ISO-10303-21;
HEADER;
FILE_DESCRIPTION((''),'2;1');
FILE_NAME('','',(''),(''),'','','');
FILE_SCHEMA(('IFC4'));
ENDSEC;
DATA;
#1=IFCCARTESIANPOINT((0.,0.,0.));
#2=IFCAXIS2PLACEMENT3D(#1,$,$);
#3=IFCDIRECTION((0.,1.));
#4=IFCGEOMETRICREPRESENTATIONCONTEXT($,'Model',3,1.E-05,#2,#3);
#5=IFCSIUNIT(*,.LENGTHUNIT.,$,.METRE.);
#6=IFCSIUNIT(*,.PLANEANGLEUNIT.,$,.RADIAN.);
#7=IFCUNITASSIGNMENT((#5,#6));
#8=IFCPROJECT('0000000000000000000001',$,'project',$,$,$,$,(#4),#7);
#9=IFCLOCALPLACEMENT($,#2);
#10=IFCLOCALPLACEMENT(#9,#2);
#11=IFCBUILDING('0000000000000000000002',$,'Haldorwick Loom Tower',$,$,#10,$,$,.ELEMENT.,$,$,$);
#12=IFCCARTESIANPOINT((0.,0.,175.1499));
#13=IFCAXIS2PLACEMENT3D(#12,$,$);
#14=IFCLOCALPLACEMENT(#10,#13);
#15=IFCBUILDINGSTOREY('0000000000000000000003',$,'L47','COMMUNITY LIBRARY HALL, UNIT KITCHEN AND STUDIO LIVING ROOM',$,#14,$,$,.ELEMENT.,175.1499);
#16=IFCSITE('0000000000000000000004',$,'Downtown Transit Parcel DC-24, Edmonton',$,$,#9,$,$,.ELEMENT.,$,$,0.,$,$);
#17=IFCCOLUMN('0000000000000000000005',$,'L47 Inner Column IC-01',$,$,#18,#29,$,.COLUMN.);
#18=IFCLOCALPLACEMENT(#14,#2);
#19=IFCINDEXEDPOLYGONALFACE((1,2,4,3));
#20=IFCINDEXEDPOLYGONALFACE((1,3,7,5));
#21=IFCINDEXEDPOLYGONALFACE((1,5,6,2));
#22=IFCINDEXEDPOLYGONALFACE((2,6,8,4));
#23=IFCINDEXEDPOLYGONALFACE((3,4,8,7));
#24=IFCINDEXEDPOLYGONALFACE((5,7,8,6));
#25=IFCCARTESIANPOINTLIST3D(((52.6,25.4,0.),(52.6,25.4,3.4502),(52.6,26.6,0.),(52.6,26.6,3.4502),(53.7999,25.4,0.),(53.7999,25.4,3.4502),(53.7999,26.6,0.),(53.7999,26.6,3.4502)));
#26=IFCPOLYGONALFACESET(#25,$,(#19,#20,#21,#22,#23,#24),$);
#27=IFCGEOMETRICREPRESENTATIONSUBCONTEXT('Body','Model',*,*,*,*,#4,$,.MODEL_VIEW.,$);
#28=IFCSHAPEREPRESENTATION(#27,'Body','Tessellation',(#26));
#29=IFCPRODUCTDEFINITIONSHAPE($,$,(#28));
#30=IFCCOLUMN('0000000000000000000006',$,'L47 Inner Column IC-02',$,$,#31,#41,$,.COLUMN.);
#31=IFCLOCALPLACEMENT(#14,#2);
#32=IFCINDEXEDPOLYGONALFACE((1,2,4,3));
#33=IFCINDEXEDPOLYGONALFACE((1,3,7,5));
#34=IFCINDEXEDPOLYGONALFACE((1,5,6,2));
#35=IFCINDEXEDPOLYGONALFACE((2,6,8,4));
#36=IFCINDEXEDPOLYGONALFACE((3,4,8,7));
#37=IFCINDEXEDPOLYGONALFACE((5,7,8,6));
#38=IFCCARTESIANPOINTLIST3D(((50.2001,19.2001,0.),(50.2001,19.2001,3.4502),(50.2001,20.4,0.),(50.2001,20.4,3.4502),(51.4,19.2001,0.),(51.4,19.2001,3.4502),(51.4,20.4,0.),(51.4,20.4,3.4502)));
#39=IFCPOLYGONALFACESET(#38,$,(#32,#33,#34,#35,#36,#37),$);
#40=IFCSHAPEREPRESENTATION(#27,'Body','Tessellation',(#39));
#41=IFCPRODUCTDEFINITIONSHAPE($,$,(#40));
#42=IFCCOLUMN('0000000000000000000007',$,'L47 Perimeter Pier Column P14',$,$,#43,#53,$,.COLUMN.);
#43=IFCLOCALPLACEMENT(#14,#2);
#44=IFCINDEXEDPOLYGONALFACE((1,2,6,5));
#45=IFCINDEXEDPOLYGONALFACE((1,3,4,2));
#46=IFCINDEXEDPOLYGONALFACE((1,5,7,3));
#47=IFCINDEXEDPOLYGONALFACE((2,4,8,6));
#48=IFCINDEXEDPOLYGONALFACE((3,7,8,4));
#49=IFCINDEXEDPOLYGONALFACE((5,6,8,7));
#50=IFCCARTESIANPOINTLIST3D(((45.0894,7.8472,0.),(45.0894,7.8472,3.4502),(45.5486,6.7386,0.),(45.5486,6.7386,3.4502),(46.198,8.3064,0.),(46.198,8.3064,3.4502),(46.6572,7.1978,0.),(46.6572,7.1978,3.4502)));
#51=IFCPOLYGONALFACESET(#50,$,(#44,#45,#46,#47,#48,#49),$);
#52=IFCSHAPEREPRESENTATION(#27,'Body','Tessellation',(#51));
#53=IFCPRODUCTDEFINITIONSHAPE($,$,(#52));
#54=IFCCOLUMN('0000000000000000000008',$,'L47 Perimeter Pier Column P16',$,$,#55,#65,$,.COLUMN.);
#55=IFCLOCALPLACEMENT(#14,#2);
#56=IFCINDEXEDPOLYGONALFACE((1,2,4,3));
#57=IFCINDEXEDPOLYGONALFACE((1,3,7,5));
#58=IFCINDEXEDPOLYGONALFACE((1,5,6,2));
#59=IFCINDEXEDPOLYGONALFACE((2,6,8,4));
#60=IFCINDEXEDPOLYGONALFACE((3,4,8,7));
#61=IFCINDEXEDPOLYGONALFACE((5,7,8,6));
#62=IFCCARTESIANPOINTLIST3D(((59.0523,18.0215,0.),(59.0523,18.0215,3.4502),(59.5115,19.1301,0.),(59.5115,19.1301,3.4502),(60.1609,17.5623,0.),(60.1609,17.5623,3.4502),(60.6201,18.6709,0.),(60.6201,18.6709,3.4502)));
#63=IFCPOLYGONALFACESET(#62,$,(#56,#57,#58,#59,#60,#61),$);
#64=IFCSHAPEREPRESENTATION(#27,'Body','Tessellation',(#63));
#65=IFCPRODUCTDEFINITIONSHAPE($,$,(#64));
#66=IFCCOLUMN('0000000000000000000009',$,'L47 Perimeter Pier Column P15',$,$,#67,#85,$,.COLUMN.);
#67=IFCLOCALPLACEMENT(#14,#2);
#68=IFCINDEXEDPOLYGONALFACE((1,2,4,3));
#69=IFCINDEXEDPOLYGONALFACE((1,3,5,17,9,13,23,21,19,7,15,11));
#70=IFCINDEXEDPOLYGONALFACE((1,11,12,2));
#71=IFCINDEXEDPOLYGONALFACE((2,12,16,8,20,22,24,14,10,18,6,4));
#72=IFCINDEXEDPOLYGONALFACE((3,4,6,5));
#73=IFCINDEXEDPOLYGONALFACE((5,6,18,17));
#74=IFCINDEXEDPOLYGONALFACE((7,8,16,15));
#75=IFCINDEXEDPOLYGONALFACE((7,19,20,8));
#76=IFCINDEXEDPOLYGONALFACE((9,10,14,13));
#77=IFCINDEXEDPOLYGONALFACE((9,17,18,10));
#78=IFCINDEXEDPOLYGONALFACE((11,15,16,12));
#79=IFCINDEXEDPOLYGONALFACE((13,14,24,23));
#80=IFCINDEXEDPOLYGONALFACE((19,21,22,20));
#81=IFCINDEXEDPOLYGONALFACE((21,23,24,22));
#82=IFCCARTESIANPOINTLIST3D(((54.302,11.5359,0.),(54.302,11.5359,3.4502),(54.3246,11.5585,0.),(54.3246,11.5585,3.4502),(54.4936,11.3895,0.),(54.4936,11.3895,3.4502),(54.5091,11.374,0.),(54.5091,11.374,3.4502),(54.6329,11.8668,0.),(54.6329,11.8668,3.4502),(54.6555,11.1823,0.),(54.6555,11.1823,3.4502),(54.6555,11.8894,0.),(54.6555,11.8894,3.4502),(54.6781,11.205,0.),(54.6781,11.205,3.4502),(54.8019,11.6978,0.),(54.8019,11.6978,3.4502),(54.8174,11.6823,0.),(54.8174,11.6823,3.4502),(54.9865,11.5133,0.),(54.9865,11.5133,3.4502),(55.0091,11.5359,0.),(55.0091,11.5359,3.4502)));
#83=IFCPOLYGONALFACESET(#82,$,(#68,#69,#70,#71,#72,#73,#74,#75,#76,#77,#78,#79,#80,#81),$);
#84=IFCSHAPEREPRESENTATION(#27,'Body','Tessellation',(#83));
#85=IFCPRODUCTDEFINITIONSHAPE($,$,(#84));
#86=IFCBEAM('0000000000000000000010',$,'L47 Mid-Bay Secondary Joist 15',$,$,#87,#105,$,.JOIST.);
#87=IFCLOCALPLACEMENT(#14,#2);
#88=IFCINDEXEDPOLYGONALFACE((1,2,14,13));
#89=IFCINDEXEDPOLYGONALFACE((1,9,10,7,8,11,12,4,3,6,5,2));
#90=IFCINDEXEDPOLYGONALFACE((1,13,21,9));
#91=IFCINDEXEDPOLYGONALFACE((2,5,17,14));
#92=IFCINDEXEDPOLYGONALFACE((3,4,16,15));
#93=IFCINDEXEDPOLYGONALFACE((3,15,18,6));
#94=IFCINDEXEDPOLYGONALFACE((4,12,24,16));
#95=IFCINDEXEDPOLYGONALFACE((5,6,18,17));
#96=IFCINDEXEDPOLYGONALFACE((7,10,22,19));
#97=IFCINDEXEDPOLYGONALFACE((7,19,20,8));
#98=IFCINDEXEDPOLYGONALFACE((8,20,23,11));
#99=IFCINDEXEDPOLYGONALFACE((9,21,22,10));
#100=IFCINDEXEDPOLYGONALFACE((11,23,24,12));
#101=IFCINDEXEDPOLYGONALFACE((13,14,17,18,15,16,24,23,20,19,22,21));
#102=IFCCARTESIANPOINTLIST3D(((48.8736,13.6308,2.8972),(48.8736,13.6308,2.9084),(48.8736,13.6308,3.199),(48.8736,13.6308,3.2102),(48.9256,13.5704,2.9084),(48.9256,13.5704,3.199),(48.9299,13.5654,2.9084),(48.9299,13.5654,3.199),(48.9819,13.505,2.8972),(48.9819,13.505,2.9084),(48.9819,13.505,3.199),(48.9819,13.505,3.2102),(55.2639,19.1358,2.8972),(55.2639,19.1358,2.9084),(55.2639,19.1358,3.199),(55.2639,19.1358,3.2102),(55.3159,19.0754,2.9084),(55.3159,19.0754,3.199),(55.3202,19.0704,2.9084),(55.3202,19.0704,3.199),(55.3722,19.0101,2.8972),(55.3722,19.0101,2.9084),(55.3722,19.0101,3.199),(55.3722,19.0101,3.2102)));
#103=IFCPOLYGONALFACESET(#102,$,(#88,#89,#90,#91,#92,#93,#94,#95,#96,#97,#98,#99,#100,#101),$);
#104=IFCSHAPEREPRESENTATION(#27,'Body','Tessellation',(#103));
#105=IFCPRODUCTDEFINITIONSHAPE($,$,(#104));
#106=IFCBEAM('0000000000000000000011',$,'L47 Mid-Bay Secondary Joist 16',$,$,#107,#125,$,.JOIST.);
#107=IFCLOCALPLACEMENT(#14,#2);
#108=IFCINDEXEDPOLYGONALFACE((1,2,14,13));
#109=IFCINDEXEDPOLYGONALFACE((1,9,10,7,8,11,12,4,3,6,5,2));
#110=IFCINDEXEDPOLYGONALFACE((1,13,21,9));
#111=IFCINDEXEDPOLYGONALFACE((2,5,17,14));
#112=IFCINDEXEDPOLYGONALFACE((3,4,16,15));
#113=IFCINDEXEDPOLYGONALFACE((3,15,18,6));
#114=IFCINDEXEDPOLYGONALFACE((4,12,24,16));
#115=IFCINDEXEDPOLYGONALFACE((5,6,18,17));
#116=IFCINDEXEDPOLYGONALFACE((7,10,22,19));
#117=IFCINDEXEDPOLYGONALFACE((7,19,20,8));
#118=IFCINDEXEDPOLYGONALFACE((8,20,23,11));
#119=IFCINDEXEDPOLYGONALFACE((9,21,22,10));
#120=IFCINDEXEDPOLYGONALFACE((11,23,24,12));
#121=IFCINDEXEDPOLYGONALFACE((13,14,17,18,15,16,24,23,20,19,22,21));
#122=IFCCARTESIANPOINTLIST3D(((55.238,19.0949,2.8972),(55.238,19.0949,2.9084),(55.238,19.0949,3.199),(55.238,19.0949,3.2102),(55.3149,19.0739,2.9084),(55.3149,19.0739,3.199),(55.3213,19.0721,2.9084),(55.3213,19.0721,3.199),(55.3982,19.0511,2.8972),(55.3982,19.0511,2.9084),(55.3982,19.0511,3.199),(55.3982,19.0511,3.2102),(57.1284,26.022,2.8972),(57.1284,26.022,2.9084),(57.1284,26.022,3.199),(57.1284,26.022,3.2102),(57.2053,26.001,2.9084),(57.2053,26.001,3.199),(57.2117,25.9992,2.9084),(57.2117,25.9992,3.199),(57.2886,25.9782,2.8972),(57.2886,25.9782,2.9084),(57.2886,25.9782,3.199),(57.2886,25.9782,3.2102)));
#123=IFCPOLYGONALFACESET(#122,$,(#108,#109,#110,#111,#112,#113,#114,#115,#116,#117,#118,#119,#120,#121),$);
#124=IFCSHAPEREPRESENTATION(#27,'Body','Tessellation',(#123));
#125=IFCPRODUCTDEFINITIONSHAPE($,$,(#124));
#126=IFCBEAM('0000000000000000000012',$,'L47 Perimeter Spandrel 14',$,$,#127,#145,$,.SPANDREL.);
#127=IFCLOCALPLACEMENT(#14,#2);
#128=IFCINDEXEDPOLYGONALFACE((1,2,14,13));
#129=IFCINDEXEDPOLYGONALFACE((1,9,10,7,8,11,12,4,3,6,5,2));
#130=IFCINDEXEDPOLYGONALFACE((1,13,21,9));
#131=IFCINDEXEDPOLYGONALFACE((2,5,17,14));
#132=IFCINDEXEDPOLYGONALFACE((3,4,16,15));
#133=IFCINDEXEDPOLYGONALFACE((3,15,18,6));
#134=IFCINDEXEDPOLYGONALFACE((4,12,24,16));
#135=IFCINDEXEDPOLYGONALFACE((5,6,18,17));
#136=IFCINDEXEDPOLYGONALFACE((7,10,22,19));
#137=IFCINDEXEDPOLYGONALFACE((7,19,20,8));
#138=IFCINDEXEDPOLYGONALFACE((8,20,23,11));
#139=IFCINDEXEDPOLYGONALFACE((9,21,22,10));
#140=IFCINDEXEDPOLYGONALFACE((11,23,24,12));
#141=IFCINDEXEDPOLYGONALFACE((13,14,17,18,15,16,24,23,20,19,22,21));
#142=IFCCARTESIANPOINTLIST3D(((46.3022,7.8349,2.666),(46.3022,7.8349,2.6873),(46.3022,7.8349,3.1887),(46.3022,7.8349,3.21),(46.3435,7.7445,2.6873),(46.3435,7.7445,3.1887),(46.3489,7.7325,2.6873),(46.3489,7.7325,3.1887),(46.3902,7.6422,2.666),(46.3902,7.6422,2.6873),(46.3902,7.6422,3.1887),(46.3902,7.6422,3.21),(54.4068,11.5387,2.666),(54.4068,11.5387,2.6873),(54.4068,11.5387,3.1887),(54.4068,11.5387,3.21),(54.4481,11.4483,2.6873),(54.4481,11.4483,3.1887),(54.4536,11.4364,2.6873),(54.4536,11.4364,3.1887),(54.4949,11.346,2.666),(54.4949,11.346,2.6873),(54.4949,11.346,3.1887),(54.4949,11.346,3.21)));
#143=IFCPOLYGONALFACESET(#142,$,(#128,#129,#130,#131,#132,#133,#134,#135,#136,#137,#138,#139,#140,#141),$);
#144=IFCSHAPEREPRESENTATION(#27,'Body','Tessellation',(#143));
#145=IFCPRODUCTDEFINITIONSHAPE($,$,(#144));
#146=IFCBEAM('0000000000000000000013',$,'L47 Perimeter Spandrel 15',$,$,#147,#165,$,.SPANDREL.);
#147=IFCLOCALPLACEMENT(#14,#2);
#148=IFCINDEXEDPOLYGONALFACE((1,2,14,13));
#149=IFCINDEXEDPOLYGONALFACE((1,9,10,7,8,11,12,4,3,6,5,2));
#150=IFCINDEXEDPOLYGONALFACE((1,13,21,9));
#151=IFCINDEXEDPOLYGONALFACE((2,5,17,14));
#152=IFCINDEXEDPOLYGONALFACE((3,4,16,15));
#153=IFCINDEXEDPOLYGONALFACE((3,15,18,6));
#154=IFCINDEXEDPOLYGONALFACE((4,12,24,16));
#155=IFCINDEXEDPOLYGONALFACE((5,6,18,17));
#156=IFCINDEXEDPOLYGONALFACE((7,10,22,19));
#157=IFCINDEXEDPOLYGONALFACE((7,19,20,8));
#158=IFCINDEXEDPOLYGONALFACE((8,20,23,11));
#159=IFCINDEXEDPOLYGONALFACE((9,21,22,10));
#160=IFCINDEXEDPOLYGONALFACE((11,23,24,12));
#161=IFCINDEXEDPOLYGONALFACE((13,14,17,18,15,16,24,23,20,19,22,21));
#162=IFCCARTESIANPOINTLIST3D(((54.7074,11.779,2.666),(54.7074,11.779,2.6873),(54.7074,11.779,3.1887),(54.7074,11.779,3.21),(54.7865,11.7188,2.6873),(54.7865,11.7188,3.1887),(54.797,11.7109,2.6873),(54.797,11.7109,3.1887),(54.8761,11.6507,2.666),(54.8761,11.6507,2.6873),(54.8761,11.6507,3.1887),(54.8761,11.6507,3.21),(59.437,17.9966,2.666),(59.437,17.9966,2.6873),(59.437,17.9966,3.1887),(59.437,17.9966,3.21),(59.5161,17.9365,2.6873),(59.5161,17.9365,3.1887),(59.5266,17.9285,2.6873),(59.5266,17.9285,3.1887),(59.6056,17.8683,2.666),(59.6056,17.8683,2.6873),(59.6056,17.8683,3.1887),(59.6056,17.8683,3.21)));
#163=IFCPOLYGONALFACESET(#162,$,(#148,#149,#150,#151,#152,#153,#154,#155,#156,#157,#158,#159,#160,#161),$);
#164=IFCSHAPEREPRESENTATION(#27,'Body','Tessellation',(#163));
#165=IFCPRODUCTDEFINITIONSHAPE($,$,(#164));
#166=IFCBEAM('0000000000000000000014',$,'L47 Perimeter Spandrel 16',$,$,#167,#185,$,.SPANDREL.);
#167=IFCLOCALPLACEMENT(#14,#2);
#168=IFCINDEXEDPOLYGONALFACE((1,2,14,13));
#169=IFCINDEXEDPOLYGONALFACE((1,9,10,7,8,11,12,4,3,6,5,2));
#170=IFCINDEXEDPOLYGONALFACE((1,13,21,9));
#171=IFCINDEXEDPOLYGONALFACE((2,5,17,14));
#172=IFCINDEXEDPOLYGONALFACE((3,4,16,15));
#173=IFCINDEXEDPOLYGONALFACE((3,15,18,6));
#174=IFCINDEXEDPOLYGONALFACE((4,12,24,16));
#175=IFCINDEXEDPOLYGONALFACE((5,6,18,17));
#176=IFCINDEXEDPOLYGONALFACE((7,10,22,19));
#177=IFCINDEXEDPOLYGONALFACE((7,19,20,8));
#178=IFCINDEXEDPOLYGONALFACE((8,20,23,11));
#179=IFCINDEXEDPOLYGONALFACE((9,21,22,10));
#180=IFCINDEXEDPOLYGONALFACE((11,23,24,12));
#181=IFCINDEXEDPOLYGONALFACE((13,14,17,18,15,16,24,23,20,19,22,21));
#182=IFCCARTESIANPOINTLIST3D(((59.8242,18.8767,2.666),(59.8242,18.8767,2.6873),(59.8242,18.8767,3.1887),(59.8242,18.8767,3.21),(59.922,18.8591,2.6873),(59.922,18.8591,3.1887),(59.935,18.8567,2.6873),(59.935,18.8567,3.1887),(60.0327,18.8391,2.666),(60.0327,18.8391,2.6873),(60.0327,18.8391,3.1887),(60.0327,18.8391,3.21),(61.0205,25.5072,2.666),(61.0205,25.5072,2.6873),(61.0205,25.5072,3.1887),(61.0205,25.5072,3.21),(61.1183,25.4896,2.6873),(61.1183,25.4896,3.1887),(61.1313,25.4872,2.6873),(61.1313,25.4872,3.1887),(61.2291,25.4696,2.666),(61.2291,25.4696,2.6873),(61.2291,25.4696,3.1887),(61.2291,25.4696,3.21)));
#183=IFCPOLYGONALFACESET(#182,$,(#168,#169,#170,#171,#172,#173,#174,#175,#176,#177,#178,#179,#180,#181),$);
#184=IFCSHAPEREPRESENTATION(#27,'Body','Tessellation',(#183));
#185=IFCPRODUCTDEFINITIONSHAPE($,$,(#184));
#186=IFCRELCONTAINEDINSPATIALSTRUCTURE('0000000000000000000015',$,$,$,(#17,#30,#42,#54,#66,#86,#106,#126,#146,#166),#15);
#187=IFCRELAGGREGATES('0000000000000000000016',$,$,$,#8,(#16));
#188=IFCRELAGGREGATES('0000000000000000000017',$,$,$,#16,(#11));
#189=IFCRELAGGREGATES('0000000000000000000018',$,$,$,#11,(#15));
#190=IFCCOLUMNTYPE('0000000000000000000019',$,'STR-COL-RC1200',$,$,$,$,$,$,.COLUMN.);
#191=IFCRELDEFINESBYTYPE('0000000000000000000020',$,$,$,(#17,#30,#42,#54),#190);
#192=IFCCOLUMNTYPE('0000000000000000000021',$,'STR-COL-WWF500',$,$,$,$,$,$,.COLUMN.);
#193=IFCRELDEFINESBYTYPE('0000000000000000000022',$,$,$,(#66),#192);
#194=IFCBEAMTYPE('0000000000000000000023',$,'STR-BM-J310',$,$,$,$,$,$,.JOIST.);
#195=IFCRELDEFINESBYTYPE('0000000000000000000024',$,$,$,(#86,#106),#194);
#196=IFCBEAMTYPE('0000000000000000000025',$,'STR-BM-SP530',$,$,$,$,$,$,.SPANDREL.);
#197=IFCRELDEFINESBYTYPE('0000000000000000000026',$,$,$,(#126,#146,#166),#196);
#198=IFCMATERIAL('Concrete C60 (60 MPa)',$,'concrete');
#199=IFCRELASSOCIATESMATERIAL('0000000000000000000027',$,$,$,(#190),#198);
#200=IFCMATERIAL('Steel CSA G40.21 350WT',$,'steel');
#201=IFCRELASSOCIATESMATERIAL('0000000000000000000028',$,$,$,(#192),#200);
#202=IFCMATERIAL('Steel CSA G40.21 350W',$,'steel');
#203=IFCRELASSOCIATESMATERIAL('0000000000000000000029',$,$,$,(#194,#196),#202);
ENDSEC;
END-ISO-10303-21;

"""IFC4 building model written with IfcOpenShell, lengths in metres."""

from ifc_helpers import new_model, si_unit, direction, frame, origin, origin_2d, place, context, subcontext, project, spatial, rectangle, i_section, extrude, material, material_profile, profile_set, type_object, element, save


model = new_model("IFC4")

# Units and contexts
model_context = context("Model", 3, precision=1e-05, world=origin(), true_north=direction((0.0, 1.0)))
body_context = subcontext(model_context, "Body", "Model", "MODEL_VIEW")
ifc_project = project(units=[si_unit("LENGTHUNIT", "METRE"), si_unit("PLANEANGLEUNIT", "RADIAN")], contexts=[model_context])

# Site, building, storey
site_placement = place(None, origin())
site = spatial("IfcSite", under=ifc_project, at=site_placement, Name="Downtown Transit Parcel DC-24, Edmonton", CompositionType="ELEMENT", RefElevation=0.0)
building_placement = place(site_placement, origin())
building = spatial("IfcBuilding", under=site, at=building_placement, Name="Haldorwick Loom Tower", CompositionType="ELEMENT")
storey_placement = place(building_placement, frame((0.0, 0.0, 175.1499)))
storey = spatial("IfcBuildingStorey", under=building, at=storey_placement, Name="L47", Description="COMMUNITY LIBRARY HALL, UNIT KITCHEN AND STUDIO LIVING ROOM", CompositionType="ELEMENT", Elevation=175.1499)

# Columns
ifc_material_1 = material(Name="Concrete C60 (60 MPa)", Category="concrete")
ifc_material_profile_1 = material_profile(ifc_material_1, rectangle(XDim=1.2, YDim=1.2, at=origin_2d()), Name="RC1200X1200", Category="concrete")
ifc_profile_set_1 = profile_set([ifc_material_profile_1], Name="Concrete C60 (60 MPa)")
column_type_1 = type_object("IfcColumnType", Name="STR-COL-RC1200", PredefinedType="COLUMN", material=ifc_profile_set_1)
for number, where, z_axis, x_axis, name in (
    (1, (53.2, 26.0, 0.0), (0.0, 0.0, 1.0), (1.0, 0.0, 0.0), "L47 Inner Column IC-01"),
    (2, (50.8, 19.8, 0.0), (0.0, 0.0, 1.0), (1.0, 0.0, 0.0), "L47 Inner Column IC-02"),
    (3, (45.8733, 7.5225, 0.0), (0.0, 0.0, 1.0), (0.382683, -0.92388, 0.0), "L47 Perimeter Pier Column P14"),
    (4, (59.8362, 18.3462, 0.0), (0.0, 0.0, 1.0), (0.92388, -0.382683, 0.0), "L47 Perimeter Pier Column P16"),
):
    element("IfcColumn", number, at=place(storey_placement, frame(where, z_axis=z_axis, x_axis=x_axis)), inside=storey, type_object=column_type_1, Name=name, PredefinedType="COLUMN", context=body_context, shape_type="SweptSolid", body=[
        extrude(rectangle(XDim=1.2, YDim=1.2, at=origin_2d()), origin(), (0.0, 0.0, 1.0), 3.4502),
    ])
ifc_material_2 = material(Name="Steel CSA G40.21 350WT", Category="steel")
ifc_material_profile_2 = material_profile(ifc_material_2, i_section(OverallWidth=0.5, OverallDepth=0.5, WebThickness=0.022, FlangeThickness=0.032, at=origin_2d()), Name="WWF500X500", Category="steel")
ifc_profile_set_2 = profile_set([ifc_material_profile_2], Name="Steel CSA G40.21 350WT")
column_type_2 = type_object("IfcColumnType", Name="STR-COL-WWF500", PredefinedType="COLUMN", material=ifc_profile_set_2)
column_placement = place(storey_placement, frame((54.6555, 11.5359, 0.0), z_axis=(0.0, 0.0, 1.0), x_axis=(0.707107, -0.707107, 0.0)))
element("IfcColumn", 5, at=column_placement, inside=storey, type_object=column_type_2, Name="L47 Perimeter Pier Column P15", PredefinedType="COLUMN", context=body_context, shape_type="SweptSolid", body=[
    extrude(i_section(OverallWidth=0.5, OverallDepth=0.5, WebThickness=0.022, FlangeThickness=0.032, at=origin_2d()), origin(), (0.0, 0.0, 1.0), 3.4502),
])

# Beams
ifc_material_3 = material(Name="Steel CSA G40.21 350W", Category="steel")
ifc_material_profile_3 = material_profile(ifc_material_3, i_section(OverallWidth=0.166, OverallDepth=0.313, WebThickness=0.0066, FlangeThickness=0.0112, at=origin_2d()), Name="W310X45", Category="steel")
ifc_profile_set_3 = profile_set([ifc_material_profile_3], Name="Steel CSA G40.21 350W")
beam_type_1 = type_object("IfcBeamType", Name="STR-BM-J310", PredefinedType="JOIST", material=ifc_profile_set_3)
beam_1_placement = place(storey_placement, frame((48.9277, 13.5679, 3.0537), z_axis=(0.757634, 0.65268, 0.0), x_axis=(-0.65268, 0.757634, 0.0)))
element("IfcBeam", 6, at=beam_1_placement, inside=storey, type_object=beam_type_1, Name="L47 Mid-Bay Secondary Joist 15", PredefinedType="JOIST", context=body_context, shape_type="SweptSolid", body=[
    extrude(i_section(OverallWidth=0.166, OverallDepth=0.313, WebThickness=0.0066, FlangeThickness=0.0112, at=origin_2d()), origin(), (0.0, 0.0, 1.0), 8.4346),
])
beam_2_placement = place(storey_placement, frame((55.3181, 19.073, 3.0537), z_axis=(0.263273, 0.964721, 0.0), x_axis=(-0.964721, 0.263273, 0.0)))
element("IfcBeam", 7, at=beam_2_placement, inside=storey, type_object=beam_type_1, Name="L47 Mid-Bay Secondary Joist 16", PredefinedType="JOIST", context=body_context, shape_type="SweptSolid", body=[
    extrude(i_section(OverallWidth=0.166, OverallDepth=0.313, WebThickness=0.0066, FlangeThickness=0.0112, at=origin_2d()), origin(), (0.0, 0.0, 1.0), 7.1804),
])
ifc_material_profile_4 = material_profile(ifc_material_3, i_section(OverallWidth=0.2119, OverallDepth=0.5439, WebThickness=0.0132, FlangeThickness=0.0212, at=origin_2d()), Name="W530X123", Category="steel")
ifc_profile_set_4 = profile_set([ifc_material_profile_4], Name="Steel CSA G40.21 350W")
beam_type_2 = type_object("IfcBeamType", Name="STR-BM-SP530", PredefinedType="SPANDREL", material=ifc_profile_set_4)
beam_3_placement = place(storey_placement, frame((46.3462, 7.7385, 2.938), z_axis=(0.909524, 0.415652, 0.0), x_axis=(-0.415652, 0.909524, 0.0)))
element("IfcBeam", 8, at=beam_3_placement, inside=storey, type_object=beam_type_2, Name="L47 Perimeter Spandrel 14", PredefinedType="SPANDREL", context=body_context, shape_type="SweptSolid", body=[
    extrude(i_section(OverallWidth=0.2119, OverallDepth=0.5439, WebThickness=0.0132, FlangeThickness=0.0212, at=origin_2d()), origin(), (0.0, 0.0, 1.0), 8.9109),
])
beam_4_placement = place(storey_placement, frame((54.7917, 11.7148, 2.938), z_axis=(0.605422, 0.795905, 0.0), x_axis=(-0.795905, 0.605422, 0.0)))
element("IfcBeam", 9, at=beam_4_placement, inside=storey, type_object=beam_type_2, Name="L47 Perimeter Spandrel 15", PredefinedType="SPANDREL", context=body_context, shape_type="SweptSolid", body=[
    extrude(i_section(OverallWidth=0.2119, OverallDepth=0.5439, WebThickness=0.0132, FlangeThickness=0.0212, at=origin_2d()), origin(), (0.0, 0.0, 1.0), 7.812),
])
beam_5_placement = place(storey_placement, frame((59.9285, 18.8579, 2.938), z_axis=(0.177559, 0.98411, 0.0), x_axis=(-0.98411, 0.177559, 0.0)))
element("IfcBeam", 10, at=beam_5_placement, inside=storey, type_object=beam_type_2, Name="L47 Perimeter Spandrel 16", PredefinedType="SPANDREL", context=body_context, shape_type="SweptSolid", body=[
    extrude(i_section(OverallWidth=0.2119, OverallDepth=0.5439, WebThickness=0.0132, FlangeThickness=0.0212, at=origin_2d()), origin(), (0.0, 0.0, 1.0), 6.7375),
])

save(model, "model.ifc")
